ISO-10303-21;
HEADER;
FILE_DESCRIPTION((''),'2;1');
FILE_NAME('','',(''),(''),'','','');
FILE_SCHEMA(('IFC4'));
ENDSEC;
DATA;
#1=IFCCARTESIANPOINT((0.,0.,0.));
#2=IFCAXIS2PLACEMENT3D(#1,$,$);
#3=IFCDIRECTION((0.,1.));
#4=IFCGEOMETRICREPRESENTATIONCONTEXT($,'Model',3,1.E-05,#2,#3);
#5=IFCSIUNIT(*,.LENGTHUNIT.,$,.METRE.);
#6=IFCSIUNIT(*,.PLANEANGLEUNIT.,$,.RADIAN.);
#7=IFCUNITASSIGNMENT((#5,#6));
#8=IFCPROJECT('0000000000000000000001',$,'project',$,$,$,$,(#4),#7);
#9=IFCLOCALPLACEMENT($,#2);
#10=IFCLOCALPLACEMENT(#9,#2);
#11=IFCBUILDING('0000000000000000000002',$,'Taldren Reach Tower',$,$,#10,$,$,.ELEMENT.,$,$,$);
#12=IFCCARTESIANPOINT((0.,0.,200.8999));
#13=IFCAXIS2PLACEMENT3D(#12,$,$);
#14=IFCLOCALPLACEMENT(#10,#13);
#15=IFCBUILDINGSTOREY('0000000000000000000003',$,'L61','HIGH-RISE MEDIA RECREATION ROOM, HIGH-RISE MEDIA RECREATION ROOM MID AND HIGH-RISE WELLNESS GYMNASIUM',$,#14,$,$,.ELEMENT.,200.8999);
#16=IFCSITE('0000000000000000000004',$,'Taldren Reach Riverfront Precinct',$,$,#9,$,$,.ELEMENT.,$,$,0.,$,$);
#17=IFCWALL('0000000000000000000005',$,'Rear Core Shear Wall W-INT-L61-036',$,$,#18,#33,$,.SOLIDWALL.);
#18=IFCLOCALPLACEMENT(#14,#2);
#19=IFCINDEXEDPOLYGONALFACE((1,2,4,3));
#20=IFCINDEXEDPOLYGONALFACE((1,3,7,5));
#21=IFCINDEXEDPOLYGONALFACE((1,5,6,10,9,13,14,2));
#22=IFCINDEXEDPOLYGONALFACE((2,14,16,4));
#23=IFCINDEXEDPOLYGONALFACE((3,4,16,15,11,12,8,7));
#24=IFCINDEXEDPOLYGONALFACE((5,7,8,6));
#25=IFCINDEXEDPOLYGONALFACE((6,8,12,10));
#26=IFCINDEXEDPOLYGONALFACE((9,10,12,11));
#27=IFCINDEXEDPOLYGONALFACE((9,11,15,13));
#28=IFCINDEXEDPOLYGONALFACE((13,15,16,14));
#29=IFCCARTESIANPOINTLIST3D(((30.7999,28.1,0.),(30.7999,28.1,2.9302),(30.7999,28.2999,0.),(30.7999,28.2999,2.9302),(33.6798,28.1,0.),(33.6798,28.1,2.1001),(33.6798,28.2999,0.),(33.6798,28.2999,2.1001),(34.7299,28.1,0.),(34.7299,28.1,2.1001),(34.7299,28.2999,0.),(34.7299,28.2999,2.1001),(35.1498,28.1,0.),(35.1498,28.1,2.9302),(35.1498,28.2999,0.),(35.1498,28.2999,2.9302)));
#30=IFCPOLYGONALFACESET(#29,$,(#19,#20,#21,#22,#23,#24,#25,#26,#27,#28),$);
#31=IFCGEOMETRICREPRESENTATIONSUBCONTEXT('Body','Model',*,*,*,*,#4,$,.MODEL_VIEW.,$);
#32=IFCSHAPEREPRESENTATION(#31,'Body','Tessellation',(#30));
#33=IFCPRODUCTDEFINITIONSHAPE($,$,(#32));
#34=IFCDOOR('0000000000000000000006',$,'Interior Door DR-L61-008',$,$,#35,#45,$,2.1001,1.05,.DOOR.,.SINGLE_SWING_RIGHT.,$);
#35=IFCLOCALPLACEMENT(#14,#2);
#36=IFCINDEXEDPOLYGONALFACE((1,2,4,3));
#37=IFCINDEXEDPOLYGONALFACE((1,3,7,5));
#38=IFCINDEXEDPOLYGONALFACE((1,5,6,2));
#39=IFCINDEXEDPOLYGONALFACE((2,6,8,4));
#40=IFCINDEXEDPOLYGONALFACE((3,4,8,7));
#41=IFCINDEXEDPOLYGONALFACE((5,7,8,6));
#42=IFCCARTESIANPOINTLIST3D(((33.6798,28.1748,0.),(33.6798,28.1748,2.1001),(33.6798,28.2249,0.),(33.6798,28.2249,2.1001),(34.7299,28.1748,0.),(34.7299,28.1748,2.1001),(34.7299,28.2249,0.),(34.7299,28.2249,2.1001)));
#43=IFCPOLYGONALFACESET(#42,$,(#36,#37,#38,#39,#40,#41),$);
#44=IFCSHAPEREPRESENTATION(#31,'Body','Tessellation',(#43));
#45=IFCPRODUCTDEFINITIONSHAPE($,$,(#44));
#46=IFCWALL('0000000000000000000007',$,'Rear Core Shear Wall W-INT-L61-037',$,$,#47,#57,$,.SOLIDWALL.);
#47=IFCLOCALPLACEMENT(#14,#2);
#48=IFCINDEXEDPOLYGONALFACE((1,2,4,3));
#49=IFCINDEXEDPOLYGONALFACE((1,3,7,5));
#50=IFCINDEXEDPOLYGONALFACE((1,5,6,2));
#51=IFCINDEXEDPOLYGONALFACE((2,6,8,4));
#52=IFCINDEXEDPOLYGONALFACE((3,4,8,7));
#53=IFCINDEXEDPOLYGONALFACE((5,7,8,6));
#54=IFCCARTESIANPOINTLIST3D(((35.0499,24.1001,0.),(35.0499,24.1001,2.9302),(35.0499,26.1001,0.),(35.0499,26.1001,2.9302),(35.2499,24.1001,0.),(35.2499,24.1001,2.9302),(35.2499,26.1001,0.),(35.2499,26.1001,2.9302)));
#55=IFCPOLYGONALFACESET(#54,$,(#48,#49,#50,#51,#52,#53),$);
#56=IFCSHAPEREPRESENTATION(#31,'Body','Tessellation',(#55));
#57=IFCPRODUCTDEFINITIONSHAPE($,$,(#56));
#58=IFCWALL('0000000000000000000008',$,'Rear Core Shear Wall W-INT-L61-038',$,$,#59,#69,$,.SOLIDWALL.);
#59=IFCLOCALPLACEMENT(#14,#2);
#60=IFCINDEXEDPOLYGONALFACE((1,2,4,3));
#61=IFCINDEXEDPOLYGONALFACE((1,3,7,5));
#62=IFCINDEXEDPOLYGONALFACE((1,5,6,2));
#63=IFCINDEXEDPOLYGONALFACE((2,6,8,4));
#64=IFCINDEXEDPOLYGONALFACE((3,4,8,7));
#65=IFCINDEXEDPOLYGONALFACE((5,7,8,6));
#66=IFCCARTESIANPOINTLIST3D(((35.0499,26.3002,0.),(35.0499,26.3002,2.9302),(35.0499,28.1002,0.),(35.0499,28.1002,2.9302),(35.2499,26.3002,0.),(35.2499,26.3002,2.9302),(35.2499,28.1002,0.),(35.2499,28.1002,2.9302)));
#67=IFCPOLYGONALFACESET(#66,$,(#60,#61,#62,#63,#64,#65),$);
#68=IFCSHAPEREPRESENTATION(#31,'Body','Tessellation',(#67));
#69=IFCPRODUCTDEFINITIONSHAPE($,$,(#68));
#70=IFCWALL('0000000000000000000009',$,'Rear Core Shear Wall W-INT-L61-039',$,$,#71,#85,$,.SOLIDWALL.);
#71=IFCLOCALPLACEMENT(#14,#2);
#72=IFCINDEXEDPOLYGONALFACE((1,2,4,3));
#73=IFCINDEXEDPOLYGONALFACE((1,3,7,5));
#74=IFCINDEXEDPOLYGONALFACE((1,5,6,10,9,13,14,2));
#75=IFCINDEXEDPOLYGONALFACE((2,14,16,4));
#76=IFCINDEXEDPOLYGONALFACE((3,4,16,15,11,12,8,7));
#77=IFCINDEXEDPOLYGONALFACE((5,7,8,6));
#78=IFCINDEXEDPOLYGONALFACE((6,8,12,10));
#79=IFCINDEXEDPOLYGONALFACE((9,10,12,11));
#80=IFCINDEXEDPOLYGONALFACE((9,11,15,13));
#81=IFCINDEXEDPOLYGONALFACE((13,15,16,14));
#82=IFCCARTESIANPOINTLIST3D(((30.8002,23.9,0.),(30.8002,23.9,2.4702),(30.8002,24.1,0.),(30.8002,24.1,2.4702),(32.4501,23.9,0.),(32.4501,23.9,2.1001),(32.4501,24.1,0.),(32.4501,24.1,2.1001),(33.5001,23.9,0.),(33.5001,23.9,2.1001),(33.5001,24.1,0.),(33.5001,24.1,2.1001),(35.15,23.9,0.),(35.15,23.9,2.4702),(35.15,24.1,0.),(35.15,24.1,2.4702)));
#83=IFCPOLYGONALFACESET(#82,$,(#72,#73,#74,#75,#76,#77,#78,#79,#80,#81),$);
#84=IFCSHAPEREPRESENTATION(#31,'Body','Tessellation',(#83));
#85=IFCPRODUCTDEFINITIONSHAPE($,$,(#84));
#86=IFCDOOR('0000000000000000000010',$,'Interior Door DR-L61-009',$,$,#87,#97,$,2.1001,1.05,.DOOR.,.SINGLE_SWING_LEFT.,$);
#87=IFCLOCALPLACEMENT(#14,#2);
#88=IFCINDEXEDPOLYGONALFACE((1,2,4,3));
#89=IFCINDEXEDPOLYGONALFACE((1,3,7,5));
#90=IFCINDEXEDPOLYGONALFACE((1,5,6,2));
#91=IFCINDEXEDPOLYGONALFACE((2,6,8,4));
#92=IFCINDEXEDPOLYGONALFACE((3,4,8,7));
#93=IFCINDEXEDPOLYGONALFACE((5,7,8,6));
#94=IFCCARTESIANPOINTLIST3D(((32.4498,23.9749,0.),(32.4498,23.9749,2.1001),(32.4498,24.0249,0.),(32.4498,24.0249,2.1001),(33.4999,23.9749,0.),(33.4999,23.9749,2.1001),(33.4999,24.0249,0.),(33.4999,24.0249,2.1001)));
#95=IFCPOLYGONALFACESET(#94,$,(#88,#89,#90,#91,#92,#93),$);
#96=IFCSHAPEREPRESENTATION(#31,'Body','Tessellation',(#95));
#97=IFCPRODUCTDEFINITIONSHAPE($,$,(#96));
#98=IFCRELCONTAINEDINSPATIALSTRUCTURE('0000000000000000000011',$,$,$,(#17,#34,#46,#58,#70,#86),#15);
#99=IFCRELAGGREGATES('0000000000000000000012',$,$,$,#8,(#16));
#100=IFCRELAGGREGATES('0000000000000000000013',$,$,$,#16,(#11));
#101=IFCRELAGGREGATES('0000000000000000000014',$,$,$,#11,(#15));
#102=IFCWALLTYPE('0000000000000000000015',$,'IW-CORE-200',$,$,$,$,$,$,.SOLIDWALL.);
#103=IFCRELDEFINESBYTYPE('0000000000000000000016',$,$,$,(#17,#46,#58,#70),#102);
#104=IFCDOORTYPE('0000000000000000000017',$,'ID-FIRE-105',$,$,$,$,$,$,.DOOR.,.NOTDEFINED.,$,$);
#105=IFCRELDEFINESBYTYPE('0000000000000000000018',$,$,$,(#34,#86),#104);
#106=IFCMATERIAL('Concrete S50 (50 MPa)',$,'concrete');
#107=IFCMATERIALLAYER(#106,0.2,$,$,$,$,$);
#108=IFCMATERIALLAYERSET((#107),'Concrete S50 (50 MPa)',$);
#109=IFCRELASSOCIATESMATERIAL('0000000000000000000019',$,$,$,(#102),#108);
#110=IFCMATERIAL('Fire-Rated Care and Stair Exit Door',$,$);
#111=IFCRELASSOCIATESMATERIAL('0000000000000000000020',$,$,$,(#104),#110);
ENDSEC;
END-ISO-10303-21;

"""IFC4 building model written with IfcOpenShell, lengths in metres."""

from ifc_helpers import new_model, si_unit, direction, frame, frame_2d, origin, place, context, subcontext, project, spatial, rectangle, extrude, source, transform, mapped, material, layer, layer_set, type_object, element, fill, save


model = new_model("IFC4")

# Units and contexts
model_context = context("Model", 3, precision=1e-05, world=origin(), true_north=direction((0.0, 1.0)))
body_context = subcontext(model_context, "Body", "Model", "MODEL_VIEW")
ifc_project = project(units=[si_unit("LENGTHUNIT", "METRE"), si_unit("PLANEANGLEUNIT", "RADIAN")], contexts=[model_context])

# Site, building, storey
site_placement = place(None, origin())
site = spatial("IfcSite", under=ifc_project, at=site_placement, Name="Taldren Reach Riverfront Precinct", CompositionType="ELEMENT", RefElevation=0.0)
building_placement = place(site_placement, origin())
building = spatial("IfcBuilding", under=site, at=building_placement, Name="Taldren Reach Tower", CompositionType="ELEMENT")
storey_placement = place(building_placement, frame((0.0, 0.0, 200.8999)))
storey = spatial("IfcBuildingStorey", under=building, at=storey_placement, Name="L61", Description="HIGH-RISE MEDIA RECREATION ROOM, HIGH-RISE MEDIA RECREATION ROOM MID AND HIGH-RISE WELLNESS GYMNASIUM", CompositionType="ELEMENT", Elevation=200.8999)

# Shared definitions
ifc_material_1 = material(Name="Concrete S50 (50 MPa)", Category="concrete")
ifc_layer_1 = layer(ifc_material_1, 0.2)
ifc_layer_set_1 = layer_set([ifc_layer_1], Name="Concrete S50 (50 MPa)")
wall_type_1 = type_object("IfcWallType", Name="IW-CORE-200", PredefinedType="SOLIDWALL", material=ifc_layer_set_1)
shared_shape_1 = source(origin(), body_context, "Body", "SweptSolid", [
    extrude(rectangle(XDim=1.05, YDim=2.1001, at=frame_2d((0.5249, 1.05))), frame((0.0, 0.1099, 0.0), z_axis=(0.0, -1.0, 0.0), x_axis=(1.0, 0.0, 0.0)), (0.0, 0.0, 1.0), 0.22),
])
ifc_material_2 = material(Name="Fire-Rated Care and Stair Exit Door")
door_type = type_object("IfcDoorType", Name="ID-FIRE-105", OperationType="NOTDEFINED", PredefinedType="DOOR", material=ifc_material_2)
shared_shape_2 = source(origin(), body_context, "Body", "SweptSolid", [
    extrude(rectangle(XDim=1.05, YDim=2.1001, at=frame_2d((0.5249, 1.05))), frame((0.0, 0.0249, 0.0), z_axis=(0.0, -1.0, 0.0), x_axis=(1.0, 0.0, 0.0)), (0.0, 0.0, 1.0), 0.05),
])

# Wall, opening, door
shared_shape_3 = source(origin(), body_context, "Body", "SweptSolid", [
    extrude(rectangle(XDim=4.3499, YDim=0.2, at=frame_2d((2.1748, 0.0))), origin(), (0.0, 0.0, 1.0), 2.9302),
])
wall_1_placement = place(storey_placement, frame((30.8, 28.2, 0.0), z_axis=(0.0, 0.0, 1.0), x_axis=(1.0, 0.0, 0.0)))
wall_1 = element("IfcWall", 1, at=wall_1_placement, inside=storey, type_object=wall_type_1, Name="Rear Core Shear Wall W-INT-L61-036", PredefinedType="SOLIDWALL", context=body_context, shape_type="MappedRepresentation", body=[
    mapped(shared_shape_3, transform((0.0, 0.0, 0.0), scale=1.0)),
])
opening_1_placement = place(wall_1_placement, frame((2.8799, 0.0, 0.0)))
opening_1 = element("IfcOpeningElement", 2, at=opening_1_placement, cuts=wall_1, PredefinedType="OPENING", context=body_context, shape_type="MappedRepresentation", body=[
    mapped(shared_shape_1, transform((0.0, 0.0, 0.0), scale=1.0)),
])
door_1_placement = place(opening_1_placement, origin())
door_1 = element("IfcDoor", 3, at=door_1_placement, inside=storey, type_object=door_type, Name="Interior Door DR-L61-008", OperationType="SINGLE_SWING_RIGHT", OverallHeight=2.1001, OverallWidth=1.05, PredefinedType="DOOR", context=body_context, shape_type="MappedRepresentation", body=[
    mapped(shared_shape_2, transform((0.0, 0.0, 0.0), scale=1.0)),
])
fill(opening_1, door_1)

# Walls
shared_shape_4 = source(origin(), body_context, "Body", "SweptSolid", [
    extrude(rectangle(XDim=2.0, YDim=0.2, at=frame_2d((1.0, 0.0))), origin(), (0.0, 0.0, 1.0), 2.9302),
])
wall_2_placement = place(storey_placement, frame((35.1499, 26.1001, 0.0), z_axis=(0.0, 0.0, 1.0), x_axis=(0.0, -1.0, 0.0)))
element("IfcWall", 4, at=wall_2_placement, inside=storey, type_object=wall_type_1, Name="Rear Core Shear Wall W-INT-L61-037", PredefinedType="SOLIDWALL", context=body_context, shape_type="MappedRepresentation", body=[
    mapped(shared_shape_4, transform((0.0, 0.0, 0.0), scale=1.0)),
])
shared_shape_5 = source(origin(), body_context, "Body", "SweptSolid", [
    extrude(rectangle(XDim=1.8, YDim=0.2, at=frame_2d((0.8999, 0.0))), origin(), (0.0, 0.0, 1.0), 2.9302),
])
wall_3_placement = place(storey_placement, frame((35.1499, 28.1001, 0.0), z_axis=(0.0, 0.0, 1.0), x_axis=(0.0, -1.0, 0.0)))
element("IfcWall", 5, at=wall_3_placement, inside=storey, type_object=wall_type_1, Name="Rear Core Shear Wall W-INT-L61-038", PredefinedType="SOLIDWALL", context=body_context, shape_type="MappedRepresentation", body=[
    mapped(shared_shape_5, transform((0.0, 0.0, 0.0), scale=1.0)),
])

# Wall, opening, door
shared_shape_6 = source(origin(), body_context, "Body", "SweptSolid", [
    extrude(rectangle(XDim=4.3499, YDim=0.2, at=frame_2d((2.1748, 0.0))), origin(), (0.0, 0.0, 1.0), 2.4702),
])
wall_4_placement = place(storey_placement, frame((35.1499, 24.0, 0.0), z_axis=(0.0, 0.0, 1.0), x_axis=(-1.0, 0.0, 0.0)))
wall_4 = element("IfcWall", 6, at=wall_4_placement, inside=storey, type_object=wall_type_1, Name="Rear Core Shear Wall W-INT-L61-039", PredefinedType="SOLIDWALL", context=body_context, shape_type="MappedRepresentation", body=[
    mapped(shared_shape_6, transform((0.0, 0.0, 0.0), scale=1.0)),
])
opening_2_placement = place(wall_4_placement, frame((1.6499, 0.0, 0.0)))
opening_2 = element("IfcOpeningElement", 7, at=opening_2_placement, cuts=wall_4, PredefinedType="OPENING", context=body_context, shape_type="MappedRepresentation", body=[
    mapped(shared_shape_1, transform((0.0, 0.0, 0.0), scale=1.0)),
])
door_2_placement = place(opening_2_placement, frame((1.05, 0.0, 0.0), z_axis=(0.0, 0.0, 1.0), x_axis=(-1.0, 0.0, 0.0)))
door_2 = element("IfcDoor", 8, at=door_2_placement, inside=storey, type_object=door_type, Name="Interior Door DR-L61-009", OperationType="SINGLE_SWING_LEFT", OverallHeight=2.1001, OverallWidth=1.05, PredefinedType="DOOR", context=body_context, shape_type="MappedRepresentation", body=[
    mapped(shared_shape_2, transform((0.0, 0.0, 0.0), scale=1.0)),
])
fill(opening_2, door_2)

save(model, "model.ifc")
